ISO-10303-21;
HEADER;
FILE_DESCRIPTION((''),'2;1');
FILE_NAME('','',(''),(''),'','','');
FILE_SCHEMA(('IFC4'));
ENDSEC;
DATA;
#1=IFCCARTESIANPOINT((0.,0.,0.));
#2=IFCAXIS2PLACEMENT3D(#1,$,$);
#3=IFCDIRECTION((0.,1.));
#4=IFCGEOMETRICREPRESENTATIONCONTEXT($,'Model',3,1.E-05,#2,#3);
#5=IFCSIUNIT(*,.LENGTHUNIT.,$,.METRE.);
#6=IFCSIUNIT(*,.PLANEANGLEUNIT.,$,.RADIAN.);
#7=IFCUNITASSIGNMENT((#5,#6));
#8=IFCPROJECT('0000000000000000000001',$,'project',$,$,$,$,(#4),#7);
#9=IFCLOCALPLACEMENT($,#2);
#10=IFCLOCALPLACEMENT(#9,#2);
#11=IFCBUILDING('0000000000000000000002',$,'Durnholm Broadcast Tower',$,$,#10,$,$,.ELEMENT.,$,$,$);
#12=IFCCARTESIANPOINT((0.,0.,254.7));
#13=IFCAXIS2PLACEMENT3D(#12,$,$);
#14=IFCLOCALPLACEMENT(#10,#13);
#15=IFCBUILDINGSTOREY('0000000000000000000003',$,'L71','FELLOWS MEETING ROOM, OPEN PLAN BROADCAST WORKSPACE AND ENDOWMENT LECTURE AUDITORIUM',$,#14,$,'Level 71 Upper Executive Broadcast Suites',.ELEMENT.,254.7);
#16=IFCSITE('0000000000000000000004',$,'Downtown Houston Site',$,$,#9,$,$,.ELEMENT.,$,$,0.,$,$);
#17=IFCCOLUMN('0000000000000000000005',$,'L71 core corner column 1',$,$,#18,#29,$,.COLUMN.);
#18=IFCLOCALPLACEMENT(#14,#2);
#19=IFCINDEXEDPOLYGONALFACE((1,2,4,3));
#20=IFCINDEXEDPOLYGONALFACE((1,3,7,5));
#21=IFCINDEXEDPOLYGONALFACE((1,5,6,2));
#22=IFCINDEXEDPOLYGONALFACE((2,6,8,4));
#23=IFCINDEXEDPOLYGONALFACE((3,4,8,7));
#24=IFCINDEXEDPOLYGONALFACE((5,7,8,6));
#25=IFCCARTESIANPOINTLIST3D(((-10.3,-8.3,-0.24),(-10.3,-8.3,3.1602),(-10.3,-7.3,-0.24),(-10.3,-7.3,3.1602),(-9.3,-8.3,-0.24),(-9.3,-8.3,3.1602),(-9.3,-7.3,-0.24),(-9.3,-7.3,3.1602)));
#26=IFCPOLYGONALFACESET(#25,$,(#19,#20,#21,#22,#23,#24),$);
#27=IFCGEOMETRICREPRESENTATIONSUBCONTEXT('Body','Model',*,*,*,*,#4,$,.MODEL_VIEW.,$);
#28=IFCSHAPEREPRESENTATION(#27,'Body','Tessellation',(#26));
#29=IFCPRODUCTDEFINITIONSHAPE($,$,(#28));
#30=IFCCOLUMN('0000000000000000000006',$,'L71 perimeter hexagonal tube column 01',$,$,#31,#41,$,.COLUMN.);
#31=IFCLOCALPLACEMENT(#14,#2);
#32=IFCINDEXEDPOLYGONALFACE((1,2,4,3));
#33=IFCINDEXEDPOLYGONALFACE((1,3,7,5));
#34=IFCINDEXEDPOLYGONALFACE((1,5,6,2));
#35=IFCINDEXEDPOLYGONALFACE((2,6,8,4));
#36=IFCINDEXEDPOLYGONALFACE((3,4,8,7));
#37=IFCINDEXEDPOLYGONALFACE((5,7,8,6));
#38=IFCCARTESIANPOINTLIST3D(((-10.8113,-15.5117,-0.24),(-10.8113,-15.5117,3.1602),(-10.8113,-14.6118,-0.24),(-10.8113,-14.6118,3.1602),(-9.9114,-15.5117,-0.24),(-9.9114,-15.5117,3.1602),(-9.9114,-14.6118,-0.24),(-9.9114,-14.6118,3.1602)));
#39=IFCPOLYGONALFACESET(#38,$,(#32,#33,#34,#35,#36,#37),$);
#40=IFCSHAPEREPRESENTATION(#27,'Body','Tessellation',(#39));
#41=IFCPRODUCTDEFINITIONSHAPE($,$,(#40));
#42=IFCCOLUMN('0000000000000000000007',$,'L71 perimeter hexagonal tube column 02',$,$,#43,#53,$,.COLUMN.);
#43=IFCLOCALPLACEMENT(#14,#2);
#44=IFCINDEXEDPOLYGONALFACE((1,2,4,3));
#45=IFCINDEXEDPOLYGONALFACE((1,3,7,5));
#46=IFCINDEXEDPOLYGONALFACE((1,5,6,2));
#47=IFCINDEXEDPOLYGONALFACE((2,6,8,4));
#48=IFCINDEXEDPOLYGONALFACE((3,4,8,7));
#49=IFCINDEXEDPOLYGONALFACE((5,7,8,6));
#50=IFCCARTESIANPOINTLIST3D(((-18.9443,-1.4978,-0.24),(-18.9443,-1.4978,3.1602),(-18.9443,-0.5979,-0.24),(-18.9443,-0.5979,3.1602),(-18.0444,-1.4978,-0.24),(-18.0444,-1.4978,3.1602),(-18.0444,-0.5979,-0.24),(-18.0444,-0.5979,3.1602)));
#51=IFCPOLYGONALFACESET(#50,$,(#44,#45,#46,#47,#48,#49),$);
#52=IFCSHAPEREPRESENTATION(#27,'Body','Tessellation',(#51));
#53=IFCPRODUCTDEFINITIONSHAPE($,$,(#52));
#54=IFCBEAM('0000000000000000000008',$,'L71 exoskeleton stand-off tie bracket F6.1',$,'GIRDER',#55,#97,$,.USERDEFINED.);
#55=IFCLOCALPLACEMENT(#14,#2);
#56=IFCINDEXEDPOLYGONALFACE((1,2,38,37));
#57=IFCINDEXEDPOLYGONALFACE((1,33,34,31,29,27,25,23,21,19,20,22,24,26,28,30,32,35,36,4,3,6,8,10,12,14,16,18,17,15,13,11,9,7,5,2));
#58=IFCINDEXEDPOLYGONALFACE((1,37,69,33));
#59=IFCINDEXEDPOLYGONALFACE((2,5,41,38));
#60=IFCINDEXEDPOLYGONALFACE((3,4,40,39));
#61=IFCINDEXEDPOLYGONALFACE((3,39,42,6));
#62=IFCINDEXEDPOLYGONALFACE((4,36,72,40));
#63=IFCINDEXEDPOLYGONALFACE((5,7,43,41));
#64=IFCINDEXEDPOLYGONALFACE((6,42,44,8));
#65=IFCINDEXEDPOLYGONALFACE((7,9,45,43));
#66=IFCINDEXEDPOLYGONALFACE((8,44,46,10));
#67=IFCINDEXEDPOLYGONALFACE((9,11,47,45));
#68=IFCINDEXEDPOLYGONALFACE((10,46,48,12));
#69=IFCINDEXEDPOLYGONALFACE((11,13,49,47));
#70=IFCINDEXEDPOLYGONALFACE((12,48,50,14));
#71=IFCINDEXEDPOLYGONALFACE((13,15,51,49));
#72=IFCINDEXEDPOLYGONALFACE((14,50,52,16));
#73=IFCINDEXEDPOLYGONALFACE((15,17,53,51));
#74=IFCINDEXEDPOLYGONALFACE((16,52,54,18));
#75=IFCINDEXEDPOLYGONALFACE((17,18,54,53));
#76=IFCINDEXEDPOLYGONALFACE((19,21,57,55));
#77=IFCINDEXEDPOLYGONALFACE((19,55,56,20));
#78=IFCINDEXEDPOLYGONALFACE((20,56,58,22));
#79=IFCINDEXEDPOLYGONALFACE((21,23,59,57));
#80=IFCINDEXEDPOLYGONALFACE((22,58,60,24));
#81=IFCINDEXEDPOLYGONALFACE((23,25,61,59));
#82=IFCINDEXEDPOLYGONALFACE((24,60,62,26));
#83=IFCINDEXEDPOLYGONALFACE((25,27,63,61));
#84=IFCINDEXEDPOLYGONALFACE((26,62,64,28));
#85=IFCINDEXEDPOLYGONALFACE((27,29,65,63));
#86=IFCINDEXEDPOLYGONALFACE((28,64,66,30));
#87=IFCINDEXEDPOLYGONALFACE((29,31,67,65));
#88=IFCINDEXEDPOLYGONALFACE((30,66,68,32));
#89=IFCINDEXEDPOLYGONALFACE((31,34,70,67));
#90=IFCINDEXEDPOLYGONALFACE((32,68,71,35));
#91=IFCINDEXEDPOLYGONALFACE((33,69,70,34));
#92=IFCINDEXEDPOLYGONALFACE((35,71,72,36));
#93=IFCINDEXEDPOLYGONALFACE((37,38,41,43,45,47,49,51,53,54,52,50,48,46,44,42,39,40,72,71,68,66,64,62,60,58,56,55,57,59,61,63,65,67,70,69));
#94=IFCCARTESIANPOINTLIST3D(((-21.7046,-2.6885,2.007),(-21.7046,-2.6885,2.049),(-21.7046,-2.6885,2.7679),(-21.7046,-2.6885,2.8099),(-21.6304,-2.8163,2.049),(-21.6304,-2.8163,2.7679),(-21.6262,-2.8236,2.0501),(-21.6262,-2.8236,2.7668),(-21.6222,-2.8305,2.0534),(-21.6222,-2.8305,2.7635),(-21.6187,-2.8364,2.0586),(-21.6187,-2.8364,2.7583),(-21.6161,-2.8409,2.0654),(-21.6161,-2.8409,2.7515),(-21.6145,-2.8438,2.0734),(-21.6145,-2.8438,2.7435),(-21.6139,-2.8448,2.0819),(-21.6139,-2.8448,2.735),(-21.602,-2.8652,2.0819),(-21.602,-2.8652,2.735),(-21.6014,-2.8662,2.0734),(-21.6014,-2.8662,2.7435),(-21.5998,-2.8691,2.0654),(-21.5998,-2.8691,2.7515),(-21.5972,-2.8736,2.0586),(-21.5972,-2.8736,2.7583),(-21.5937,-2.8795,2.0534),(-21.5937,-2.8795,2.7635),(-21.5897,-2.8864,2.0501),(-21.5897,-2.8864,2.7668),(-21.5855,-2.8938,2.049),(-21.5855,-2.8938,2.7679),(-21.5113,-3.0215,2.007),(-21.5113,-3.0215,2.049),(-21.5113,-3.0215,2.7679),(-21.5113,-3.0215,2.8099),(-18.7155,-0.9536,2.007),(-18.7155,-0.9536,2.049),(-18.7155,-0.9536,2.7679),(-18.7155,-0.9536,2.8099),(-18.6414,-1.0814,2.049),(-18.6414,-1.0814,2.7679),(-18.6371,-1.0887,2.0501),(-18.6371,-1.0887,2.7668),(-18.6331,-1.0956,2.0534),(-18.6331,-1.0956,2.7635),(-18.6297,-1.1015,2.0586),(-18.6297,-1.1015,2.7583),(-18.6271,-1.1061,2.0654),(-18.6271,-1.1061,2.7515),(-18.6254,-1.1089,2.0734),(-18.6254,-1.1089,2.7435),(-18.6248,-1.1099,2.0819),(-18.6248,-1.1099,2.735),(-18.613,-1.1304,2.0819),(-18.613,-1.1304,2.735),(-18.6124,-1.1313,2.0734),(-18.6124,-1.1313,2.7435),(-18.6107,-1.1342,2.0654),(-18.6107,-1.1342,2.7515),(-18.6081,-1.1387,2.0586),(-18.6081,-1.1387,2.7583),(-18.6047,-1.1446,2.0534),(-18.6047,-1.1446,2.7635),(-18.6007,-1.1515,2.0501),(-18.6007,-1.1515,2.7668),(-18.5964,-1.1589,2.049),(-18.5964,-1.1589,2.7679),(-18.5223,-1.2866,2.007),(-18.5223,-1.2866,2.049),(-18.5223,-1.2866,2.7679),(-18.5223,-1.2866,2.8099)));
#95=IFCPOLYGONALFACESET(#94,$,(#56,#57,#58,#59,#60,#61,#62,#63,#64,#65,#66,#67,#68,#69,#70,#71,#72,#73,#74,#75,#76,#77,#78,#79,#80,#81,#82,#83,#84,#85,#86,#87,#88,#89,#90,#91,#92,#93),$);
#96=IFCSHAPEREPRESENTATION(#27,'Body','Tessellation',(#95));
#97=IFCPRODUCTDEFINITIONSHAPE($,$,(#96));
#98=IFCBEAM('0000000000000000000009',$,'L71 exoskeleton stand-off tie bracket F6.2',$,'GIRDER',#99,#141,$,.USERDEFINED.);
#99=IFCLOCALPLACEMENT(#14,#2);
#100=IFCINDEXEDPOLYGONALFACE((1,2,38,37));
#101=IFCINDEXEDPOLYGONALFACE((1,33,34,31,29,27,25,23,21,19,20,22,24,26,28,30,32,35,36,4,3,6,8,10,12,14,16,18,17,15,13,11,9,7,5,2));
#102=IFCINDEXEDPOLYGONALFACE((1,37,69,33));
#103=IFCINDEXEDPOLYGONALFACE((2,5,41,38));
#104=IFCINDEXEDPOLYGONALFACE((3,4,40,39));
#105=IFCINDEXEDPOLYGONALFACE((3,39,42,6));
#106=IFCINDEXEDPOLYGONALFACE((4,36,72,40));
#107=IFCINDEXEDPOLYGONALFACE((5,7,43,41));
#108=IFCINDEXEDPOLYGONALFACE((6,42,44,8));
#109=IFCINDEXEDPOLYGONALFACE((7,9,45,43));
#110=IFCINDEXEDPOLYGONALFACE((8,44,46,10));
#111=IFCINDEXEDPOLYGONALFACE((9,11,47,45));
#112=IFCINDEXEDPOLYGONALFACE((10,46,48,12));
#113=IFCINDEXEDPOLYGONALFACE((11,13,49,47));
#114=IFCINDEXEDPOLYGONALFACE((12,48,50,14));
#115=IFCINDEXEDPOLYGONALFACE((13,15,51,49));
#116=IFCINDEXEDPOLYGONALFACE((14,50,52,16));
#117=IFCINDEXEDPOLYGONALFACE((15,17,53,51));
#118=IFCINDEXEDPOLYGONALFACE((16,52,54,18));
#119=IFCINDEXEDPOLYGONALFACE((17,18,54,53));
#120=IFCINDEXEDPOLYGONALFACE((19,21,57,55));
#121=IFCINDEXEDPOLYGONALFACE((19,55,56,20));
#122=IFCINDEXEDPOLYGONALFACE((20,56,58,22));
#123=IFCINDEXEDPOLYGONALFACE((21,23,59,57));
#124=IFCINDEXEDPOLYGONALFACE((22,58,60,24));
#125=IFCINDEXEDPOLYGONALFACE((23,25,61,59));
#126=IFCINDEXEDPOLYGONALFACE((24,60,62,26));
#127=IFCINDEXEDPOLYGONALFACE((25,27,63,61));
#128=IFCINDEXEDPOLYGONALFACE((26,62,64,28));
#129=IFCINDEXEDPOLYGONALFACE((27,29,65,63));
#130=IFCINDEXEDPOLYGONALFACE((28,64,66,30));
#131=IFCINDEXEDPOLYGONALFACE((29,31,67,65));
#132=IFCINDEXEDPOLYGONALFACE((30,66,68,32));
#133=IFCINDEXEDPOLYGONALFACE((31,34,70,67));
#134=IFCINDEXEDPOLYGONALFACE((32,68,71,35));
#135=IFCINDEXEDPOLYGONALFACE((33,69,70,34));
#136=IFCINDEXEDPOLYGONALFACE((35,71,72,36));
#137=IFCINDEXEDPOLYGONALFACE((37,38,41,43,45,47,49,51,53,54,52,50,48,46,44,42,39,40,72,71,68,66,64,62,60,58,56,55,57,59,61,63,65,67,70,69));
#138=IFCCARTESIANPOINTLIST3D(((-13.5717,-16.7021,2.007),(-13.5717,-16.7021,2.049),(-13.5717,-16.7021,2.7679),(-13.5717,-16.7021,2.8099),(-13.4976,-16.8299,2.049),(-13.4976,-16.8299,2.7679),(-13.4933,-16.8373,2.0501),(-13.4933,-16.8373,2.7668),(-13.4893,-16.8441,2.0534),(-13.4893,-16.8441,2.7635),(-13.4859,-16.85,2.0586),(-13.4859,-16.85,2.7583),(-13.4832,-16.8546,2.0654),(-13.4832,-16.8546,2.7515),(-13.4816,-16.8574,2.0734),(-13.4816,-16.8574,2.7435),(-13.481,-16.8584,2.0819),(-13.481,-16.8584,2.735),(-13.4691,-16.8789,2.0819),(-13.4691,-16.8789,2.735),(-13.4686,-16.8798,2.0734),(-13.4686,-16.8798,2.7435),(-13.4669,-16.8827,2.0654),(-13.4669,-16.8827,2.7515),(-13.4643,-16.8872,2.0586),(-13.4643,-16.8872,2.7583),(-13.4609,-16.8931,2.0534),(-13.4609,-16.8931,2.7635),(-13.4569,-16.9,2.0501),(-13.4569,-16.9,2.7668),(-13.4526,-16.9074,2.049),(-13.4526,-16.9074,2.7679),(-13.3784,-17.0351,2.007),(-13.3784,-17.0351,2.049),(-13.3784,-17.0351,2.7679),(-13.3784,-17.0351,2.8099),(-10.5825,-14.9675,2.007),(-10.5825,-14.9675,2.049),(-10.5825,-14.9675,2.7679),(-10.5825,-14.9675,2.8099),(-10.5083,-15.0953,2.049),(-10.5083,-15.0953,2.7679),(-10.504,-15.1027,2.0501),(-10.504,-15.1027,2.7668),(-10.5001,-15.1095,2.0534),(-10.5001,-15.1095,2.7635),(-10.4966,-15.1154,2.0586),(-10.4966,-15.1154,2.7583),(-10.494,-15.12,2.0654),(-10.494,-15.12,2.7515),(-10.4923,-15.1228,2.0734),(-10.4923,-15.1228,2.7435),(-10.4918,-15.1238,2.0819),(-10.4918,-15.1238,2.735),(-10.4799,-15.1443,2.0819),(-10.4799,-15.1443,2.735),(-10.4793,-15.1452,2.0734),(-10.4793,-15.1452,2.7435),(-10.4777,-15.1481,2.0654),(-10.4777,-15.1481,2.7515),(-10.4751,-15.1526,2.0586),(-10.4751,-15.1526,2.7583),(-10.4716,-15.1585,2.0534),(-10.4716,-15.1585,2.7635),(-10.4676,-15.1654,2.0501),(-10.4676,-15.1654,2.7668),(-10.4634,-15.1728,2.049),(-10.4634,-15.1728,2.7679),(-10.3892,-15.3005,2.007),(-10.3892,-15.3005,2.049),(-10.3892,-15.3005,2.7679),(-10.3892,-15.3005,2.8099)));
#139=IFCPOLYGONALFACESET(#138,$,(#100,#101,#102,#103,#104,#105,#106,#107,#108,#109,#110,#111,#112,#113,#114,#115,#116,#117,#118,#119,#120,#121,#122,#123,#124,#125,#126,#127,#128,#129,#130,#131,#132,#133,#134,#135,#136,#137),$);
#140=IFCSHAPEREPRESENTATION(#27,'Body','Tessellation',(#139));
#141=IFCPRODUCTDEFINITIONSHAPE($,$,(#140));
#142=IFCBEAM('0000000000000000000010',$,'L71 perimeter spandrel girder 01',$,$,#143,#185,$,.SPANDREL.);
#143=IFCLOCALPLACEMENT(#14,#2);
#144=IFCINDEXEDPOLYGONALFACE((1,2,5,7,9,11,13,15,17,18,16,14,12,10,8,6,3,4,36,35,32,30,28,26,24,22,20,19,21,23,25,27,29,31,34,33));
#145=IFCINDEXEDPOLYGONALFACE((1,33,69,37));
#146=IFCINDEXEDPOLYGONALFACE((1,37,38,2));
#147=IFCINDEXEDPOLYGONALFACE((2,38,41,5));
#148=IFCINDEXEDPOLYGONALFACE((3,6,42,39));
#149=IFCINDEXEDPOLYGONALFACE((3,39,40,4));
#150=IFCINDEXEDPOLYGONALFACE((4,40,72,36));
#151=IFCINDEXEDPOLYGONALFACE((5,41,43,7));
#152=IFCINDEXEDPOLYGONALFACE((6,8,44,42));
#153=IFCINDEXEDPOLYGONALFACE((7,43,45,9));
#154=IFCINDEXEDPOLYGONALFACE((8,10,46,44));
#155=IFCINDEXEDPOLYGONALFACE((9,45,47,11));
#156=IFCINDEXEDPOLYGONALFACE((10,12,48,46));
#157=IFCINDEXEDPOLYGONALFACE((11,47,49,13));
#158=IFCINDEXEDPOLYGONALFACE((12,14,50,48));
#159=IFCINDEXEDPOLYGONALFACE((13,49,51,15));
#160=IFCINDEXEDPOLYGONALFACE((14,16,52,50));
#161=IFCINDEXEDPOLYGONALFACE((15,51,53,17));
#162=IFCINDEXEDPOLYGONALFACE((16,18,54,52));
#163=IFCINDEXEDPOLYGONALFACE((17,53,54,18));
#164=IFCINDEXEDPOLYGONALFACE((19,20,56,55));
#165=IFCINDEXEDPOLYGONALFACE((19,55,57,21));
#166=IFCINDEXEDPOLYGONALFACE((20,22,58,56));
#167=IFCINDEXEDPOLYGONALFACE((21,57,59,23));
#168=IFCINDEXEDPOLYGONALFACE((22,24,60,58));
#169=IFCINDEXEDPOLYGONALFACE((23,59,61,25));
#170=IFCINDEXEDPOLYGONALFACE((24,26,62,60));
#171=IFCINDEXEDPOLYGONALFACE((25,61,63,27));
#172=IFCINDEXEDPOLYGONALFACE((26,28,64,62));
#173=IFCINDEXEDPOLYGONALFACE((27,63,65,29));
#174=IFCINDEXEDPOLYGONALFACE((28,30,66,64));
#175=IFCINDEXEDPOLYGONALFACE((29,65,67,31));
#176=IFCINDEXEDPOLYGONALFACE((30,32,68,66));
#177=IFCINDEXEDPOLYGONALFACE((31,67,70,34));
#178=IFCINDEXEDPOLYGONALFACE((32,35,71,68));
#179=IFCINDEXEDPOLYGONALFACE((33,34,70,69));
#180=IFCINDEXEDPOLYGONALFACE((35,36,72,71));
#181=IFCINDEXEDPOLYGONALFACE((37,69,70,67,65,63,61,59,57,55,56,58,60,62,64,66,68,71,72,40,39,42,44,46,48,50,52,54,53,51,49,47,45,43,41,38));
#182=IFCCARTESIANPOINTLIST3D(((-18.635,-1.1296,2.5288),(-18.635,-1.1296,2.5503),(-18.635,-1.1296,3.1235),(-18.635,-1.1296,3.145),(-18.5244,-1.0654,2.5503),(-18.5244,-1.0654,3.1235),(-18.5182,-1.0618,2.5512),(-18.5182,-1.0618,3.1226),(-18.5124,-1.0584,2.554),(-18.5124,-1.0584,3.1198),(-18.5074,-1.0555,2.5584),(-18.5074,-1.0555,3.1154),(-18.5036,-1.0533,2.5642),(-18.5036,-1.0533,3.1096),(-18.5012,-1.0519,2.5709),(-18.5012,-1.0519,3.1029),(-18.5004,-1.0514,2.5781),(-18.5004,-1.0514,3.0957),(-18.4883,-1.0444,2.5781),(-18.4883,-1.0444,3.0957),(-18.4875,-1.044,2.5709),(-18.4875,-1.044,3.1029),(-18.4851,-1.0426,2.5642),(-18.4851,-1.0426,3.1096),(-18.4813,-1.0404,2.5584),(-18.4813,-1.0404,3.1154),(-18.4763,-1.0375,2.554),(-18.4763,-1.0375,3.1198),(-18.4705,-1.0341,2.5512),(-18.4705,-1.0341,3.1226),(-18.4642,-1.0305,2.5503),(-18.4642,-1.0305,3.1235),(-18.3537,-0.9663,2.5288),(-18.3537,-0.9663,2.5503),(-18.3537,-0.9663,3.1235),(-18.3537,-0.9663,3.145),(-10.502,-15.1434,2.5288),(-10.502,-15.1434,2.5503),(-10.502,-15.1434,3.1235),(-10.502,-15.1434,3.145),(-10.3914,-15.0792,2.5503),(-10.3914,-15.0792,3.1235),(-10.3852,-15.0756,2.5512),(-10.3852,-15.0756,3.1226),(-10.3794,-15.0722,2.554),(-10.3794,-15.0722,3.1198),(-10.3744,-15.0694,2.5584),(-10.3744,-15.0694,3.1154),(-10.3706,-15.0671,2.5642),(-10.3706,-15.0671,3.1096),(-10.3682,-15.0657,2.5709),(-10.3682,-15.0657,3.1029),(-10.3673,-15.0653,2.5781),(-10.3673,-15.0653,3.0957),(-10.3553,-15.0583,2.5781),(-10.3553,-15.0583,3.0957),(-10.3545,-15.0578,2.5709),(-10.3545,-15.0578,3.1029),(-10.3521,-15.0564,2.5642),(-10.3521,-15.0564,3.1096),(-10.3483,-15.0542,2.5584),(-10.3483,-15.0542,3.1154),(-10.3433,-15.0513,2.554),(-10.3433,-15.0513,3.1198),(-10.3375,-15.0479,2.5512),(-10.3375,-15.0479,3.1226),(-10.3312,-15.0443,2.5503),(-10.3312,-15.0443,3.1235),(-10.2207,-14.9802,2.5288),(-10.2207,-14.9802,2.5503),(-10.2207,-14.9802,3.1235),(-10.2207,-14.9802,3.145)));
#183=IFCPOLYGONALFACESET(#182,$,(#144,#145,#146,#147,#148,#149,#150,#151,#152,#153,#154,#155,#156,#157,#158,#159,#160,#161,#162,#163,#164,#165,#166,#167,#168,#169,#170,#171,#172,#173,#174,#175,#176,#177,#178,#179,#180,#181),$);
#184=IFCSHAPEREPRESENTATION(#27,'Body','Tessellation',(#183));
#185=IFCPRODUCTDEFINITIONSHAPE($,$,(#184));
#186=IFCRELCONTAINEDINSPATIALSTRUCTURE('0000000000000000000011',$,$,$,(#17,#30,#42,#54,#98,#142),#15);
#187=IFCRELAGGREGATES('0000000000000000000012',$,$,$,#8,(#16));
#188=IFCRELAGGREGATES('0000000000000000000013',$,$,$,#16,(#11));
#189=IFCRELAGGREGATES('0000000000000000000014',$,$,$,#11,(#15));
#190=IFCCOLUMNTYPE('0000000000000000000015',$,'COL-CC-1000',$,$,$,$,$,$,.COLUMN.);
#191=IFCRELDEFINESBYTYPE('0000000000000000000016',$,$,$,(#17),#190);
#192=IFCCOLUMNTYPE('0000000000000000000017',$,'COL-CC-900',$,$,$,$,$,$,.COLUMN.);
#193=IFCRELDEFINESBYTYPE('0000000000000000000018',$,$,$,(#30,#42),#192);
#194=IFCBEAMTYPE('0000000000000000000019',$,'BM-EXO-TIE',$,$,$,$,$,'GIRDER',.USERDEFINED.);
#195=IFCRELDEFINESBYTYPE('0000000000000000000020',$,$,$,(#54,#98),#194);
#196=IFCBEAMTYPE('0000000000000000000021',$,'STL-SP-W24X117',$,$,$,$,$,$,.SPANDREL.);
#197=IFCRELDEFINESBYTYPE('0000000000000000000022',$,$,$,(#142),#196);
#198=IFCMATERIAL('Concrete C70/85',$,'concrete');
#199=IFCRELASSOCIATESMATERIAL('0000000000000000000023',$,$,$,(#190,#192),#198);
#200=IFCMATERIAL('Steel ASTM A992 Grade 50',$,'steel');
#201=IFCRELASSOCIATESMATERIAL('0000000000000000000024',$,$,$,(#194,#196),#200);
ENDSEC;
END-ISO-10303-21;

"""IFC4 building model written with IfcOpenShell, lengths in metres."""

from ifc_helpers import new_model, si_unit, direction, frame, origin, origin_2d, place, context, subcontext, project, spatial, rectangle, i_section, extrude, source, transform, mapped, material, material_profile, profile_set, type_object, type_shapes, element, save


model = new_model("IFC4")

# Units and contexts
model_context = context("Model", 3, precision=1e-05, world=origin(), true_north=direction((0.0, 1.0)))
body_context = subcontext(model_context, "Body", "Model", "MODEL_VIEW")
ifc_project = project(units=[si_unit("LENGTHUNIT", "METRE"), si_unit("PLANEANGLEUNIT", "RADIAN")], contexts=[model_context])

# Site, building, storey
site_placement = place(None, origin())
site = spatial("IfcSite", under=ifc_project, at=site_placement, Name="Downtown Houston Site", CompositionType="ELEMENT", RefElevation=0.0)
building_placement = place(site_placement, origin())
building = spatial("IfcBuilding", under=site, at=building_placement, Name="Durnholm Broadcast Tower", CompositionType="ELEMENT")
storey_placement = place(building_placement, frame((0.0, 0.0, 254.7)))
storey = spatial("IfcBuildingStorey", under=building, at=storey_placement, Name="L71", Description="FELLOWS MEETING ROOM, OPEN PLAN BROADCAST WORKSPACE AND ENDOWMENT LECTURE AUDITORIUM", LongName="Level 71 Upper Executive Broadcast Suites", CompositionType="ELEMENT", Elevation=254.7)

# Columns
ifc_material_1 = material(Name="Concrete C70/85", Category="concrete")
ifc_material_profile_1 = material_profile(ifc_material_1, rectangle(XDim=1.0, YDim=1.0, at=origin_2d()), Name="RC1000X1000")
ifc_profile_set_1 = profile_set([ifc_material_profile_1], Name="Concrete C70/85")
column_type_1 = type_object("IfcColumnType", Name="COL-CC-1000", PredefinedType="COLUMN", material=ifc_profile_set_1)
shared_shape_1 = source(origin(), body_context, "Body", "SweptSolid", [
    extrude(rectangle(XDim=1.0, YDim=1.0, at=origin_2d()), origin(), (0.0, 0.0, 1.0), 3.4001),
])
type_shapes(column_type_1, [shared_shape_1])
column_placement = place(storey_placement, frame((-9.8, -7.8, -0.24), z_axis=(0.0, 0.0, 1.0), x_axis=(1.0, 0.0, 0.0)))
element("IfcColumn", 1, at=column_placement, inside=storey, type_object=column_type_1, Name="L71 core corner column 1", PredefinedType="COLUMN", context=body_context, shape_type="MappedRepresentation", body=[
    mapped(shared_shape_1, transform((0.0, 0.0, 0.0), x_axis=(1.0, 0.0, 0.0), y_axis=(0.0, 1.0, 0.0), z_axis=(0.0, 0.0, 1.0), scale=1.0)),
])
ifc_material_profile_2 = material_profile(ifc_material_1, rectangle(XDim=0.8999, YDim=0.8999, at=origin_2d()), Name="RC900X900")
ifc_profile_set_2 = profile_set([ifc_material_profile_2], Name="Concrete C70/85")
column_type_2 = type_object("IfcColumnType", Name="COL-CC-900", PredefinedType="COLUMN", material=ifc_profile_set_2)
shared_shape_2 = source(origin(), body_context, "Body", "SweptSolid", [
    extrude(rectangle(XDim=0.8999, YDim=0.8999, at=origin_2d()), origin(), (0.0, 0.0, 1.0), 3.4001),
])
type_shapes(column_type_2, [shared_shape_2])
for number, where, z_axis, x_axis, name in (
    (2, (-10.3613, -15.0618, -0.24), (0.0, 0.0, 1.0), (1.0, 0.0, 0.0), "L71 perimeter hexagonal tube column 01"),
    (3, (-18.4944, -1.0479, -0.24), (0.0, 0.0, 1.0), (1.0, 0.0, 0.0), "L71 perimeter hexagonal tube column 02"),
):
    element("IfcColumn", number, at=place(storey_placement, frame(where, z_axis=z_axis, x_axis=x_axis)), inside=storey, type_object=column_type_2, Name=name, PredefinedType="COLUMN", context=body_context, shape_type="MappedRepresentation", body=[
        mapped(shared_shape_2, transform((0.0, 0.0, 0.0), x_axis=(1.0, 0.0, 0.0), y_axis=(0.0, 1.0, 0.0), z_axis=(0.0, 0.0, 1.0), scale=1.0)),
    ])

# Beams
ifc_material_2 = material(Name="Steel ASTM A992 Grade 50", Category="steel")
ifc_material_profile_3 = material_profile(ifc_material_2, i_section(OverallWidth=0.385, OverallDepth=0.803, WebThickness=0.0237, FlangeThickness=0.042, FilletRadius=0.033, at=origin_2d()), Name="W30X261")
ifc_profile_set_3 = profile_set([ifc_material_profile_3], Name="Steel ASTM A992 Grade 50")
beam_type_1 = type_object("IfcBeamType", Name="BM-EXO-TIE", ElementType="GIRDER", PredefinedType="USERDEFINED", material=ifc_profile_set_3)
shared_shape_3 = source(origin(), body_context, "Body", "SweptSolid", [
    extrude(i_section(OverallWidth=0.385, OverallDepth=0.803, WebThickness=0.0237, FlangeThickness=0.042, FilletRadius=0.033, at=origin_2d()), origin(), (0.0, 0.0, 1.0), 3.4561),
])
for number, where, z_axis, x_axis, name in (
    (4, (-18.6189, -1.1201, 2.4084), (-0.864876, -0.501986, 0.0), (0.501986, -0.864876, 0.0), "L71 exoskeleton stand-off tie bracket F6.1"),
    (5, (-10.4858, -15.134, 2.4084), (-0.864924, -0.501902, 0.0), (0.501902, -0.864924, 0.0), "L71 exoskeleton stand-off tie bracket F6.2"),
):
    element("IfcBeam", number, at=place(storey_placement, frame(where, z_axis=z_axis, x_axis=x_axis)), inside=storey, type_object=beam_type_1, Name=name, ObjectType="GIRDER", PredefinedType="USERDEFINED", context=body_context, shape_type="MappedRepresentation", body=[
        mapped(shared_shape_3, transform((0.0, 0.0, 0.0), x_axis=(1.0, 0.0, 0.0), y_axis=(0.0, 1.0, 0.0), z_axis=(0.0, 0.0, 1.0), scale=1.0)),
    ])
ifc_material_profile_4 = material_profile(ifc_material_2, i_section(OverallWidth=0.3252, OverallDepth=0.6162, WebThickness=0.0139, FlangeThickness=0.0215, FilletRadius=0.0278, at=origin_2d()), Name="W24X117")
ifc_profile_set_4 = profile_set([ifc_material_profile_4], Name="Steel ASTM A992 Grade 50")
beam_type_2 = type_object("IfcBeamType", Name="STL-SP-W24X117", PredefinedType="SPANDREL", material=ifc_profile_set_4)
shared_shape_4 = source(origin(), body_context, "Body", "SweptSolid", [
    extrude(i_section(OverallWidth=0.3252, OverallDepth=0.6162, WebThickness=0.0139, FlangeThickness=0.0215, FilletRadius=0.0278, at=origin_2d()), origin(), (0.0, 0.0, 1.0), 16.2029),
])
beam_1_placement = place(storey_placement, frame((-10.3613, -15.0618, 2.8369), z_axis=(-0.501948, 0.864898, 0.0), x_axis=(-0.864898, -0.501948, 0.0)))
element("IfcBeam", 6, at=beam_1_placement, inside=storey, type_object=beam_type_2, Name="L71 perimeter spandrel girder 01", PredefinedType="SPANDREL", context=body_context, shape_type="MappedRepresentation", body=[
    mapped(shared_shape_4, transform((0.0, 0.0, 0.0), x_axis=(1.0, 0.0, 0.0), y_axis=(0.0, 1.0, 0.0), z_axis=(0.0, 0.0, 1.0), scale=1.0)),
])

save(model, "model.ifc")
